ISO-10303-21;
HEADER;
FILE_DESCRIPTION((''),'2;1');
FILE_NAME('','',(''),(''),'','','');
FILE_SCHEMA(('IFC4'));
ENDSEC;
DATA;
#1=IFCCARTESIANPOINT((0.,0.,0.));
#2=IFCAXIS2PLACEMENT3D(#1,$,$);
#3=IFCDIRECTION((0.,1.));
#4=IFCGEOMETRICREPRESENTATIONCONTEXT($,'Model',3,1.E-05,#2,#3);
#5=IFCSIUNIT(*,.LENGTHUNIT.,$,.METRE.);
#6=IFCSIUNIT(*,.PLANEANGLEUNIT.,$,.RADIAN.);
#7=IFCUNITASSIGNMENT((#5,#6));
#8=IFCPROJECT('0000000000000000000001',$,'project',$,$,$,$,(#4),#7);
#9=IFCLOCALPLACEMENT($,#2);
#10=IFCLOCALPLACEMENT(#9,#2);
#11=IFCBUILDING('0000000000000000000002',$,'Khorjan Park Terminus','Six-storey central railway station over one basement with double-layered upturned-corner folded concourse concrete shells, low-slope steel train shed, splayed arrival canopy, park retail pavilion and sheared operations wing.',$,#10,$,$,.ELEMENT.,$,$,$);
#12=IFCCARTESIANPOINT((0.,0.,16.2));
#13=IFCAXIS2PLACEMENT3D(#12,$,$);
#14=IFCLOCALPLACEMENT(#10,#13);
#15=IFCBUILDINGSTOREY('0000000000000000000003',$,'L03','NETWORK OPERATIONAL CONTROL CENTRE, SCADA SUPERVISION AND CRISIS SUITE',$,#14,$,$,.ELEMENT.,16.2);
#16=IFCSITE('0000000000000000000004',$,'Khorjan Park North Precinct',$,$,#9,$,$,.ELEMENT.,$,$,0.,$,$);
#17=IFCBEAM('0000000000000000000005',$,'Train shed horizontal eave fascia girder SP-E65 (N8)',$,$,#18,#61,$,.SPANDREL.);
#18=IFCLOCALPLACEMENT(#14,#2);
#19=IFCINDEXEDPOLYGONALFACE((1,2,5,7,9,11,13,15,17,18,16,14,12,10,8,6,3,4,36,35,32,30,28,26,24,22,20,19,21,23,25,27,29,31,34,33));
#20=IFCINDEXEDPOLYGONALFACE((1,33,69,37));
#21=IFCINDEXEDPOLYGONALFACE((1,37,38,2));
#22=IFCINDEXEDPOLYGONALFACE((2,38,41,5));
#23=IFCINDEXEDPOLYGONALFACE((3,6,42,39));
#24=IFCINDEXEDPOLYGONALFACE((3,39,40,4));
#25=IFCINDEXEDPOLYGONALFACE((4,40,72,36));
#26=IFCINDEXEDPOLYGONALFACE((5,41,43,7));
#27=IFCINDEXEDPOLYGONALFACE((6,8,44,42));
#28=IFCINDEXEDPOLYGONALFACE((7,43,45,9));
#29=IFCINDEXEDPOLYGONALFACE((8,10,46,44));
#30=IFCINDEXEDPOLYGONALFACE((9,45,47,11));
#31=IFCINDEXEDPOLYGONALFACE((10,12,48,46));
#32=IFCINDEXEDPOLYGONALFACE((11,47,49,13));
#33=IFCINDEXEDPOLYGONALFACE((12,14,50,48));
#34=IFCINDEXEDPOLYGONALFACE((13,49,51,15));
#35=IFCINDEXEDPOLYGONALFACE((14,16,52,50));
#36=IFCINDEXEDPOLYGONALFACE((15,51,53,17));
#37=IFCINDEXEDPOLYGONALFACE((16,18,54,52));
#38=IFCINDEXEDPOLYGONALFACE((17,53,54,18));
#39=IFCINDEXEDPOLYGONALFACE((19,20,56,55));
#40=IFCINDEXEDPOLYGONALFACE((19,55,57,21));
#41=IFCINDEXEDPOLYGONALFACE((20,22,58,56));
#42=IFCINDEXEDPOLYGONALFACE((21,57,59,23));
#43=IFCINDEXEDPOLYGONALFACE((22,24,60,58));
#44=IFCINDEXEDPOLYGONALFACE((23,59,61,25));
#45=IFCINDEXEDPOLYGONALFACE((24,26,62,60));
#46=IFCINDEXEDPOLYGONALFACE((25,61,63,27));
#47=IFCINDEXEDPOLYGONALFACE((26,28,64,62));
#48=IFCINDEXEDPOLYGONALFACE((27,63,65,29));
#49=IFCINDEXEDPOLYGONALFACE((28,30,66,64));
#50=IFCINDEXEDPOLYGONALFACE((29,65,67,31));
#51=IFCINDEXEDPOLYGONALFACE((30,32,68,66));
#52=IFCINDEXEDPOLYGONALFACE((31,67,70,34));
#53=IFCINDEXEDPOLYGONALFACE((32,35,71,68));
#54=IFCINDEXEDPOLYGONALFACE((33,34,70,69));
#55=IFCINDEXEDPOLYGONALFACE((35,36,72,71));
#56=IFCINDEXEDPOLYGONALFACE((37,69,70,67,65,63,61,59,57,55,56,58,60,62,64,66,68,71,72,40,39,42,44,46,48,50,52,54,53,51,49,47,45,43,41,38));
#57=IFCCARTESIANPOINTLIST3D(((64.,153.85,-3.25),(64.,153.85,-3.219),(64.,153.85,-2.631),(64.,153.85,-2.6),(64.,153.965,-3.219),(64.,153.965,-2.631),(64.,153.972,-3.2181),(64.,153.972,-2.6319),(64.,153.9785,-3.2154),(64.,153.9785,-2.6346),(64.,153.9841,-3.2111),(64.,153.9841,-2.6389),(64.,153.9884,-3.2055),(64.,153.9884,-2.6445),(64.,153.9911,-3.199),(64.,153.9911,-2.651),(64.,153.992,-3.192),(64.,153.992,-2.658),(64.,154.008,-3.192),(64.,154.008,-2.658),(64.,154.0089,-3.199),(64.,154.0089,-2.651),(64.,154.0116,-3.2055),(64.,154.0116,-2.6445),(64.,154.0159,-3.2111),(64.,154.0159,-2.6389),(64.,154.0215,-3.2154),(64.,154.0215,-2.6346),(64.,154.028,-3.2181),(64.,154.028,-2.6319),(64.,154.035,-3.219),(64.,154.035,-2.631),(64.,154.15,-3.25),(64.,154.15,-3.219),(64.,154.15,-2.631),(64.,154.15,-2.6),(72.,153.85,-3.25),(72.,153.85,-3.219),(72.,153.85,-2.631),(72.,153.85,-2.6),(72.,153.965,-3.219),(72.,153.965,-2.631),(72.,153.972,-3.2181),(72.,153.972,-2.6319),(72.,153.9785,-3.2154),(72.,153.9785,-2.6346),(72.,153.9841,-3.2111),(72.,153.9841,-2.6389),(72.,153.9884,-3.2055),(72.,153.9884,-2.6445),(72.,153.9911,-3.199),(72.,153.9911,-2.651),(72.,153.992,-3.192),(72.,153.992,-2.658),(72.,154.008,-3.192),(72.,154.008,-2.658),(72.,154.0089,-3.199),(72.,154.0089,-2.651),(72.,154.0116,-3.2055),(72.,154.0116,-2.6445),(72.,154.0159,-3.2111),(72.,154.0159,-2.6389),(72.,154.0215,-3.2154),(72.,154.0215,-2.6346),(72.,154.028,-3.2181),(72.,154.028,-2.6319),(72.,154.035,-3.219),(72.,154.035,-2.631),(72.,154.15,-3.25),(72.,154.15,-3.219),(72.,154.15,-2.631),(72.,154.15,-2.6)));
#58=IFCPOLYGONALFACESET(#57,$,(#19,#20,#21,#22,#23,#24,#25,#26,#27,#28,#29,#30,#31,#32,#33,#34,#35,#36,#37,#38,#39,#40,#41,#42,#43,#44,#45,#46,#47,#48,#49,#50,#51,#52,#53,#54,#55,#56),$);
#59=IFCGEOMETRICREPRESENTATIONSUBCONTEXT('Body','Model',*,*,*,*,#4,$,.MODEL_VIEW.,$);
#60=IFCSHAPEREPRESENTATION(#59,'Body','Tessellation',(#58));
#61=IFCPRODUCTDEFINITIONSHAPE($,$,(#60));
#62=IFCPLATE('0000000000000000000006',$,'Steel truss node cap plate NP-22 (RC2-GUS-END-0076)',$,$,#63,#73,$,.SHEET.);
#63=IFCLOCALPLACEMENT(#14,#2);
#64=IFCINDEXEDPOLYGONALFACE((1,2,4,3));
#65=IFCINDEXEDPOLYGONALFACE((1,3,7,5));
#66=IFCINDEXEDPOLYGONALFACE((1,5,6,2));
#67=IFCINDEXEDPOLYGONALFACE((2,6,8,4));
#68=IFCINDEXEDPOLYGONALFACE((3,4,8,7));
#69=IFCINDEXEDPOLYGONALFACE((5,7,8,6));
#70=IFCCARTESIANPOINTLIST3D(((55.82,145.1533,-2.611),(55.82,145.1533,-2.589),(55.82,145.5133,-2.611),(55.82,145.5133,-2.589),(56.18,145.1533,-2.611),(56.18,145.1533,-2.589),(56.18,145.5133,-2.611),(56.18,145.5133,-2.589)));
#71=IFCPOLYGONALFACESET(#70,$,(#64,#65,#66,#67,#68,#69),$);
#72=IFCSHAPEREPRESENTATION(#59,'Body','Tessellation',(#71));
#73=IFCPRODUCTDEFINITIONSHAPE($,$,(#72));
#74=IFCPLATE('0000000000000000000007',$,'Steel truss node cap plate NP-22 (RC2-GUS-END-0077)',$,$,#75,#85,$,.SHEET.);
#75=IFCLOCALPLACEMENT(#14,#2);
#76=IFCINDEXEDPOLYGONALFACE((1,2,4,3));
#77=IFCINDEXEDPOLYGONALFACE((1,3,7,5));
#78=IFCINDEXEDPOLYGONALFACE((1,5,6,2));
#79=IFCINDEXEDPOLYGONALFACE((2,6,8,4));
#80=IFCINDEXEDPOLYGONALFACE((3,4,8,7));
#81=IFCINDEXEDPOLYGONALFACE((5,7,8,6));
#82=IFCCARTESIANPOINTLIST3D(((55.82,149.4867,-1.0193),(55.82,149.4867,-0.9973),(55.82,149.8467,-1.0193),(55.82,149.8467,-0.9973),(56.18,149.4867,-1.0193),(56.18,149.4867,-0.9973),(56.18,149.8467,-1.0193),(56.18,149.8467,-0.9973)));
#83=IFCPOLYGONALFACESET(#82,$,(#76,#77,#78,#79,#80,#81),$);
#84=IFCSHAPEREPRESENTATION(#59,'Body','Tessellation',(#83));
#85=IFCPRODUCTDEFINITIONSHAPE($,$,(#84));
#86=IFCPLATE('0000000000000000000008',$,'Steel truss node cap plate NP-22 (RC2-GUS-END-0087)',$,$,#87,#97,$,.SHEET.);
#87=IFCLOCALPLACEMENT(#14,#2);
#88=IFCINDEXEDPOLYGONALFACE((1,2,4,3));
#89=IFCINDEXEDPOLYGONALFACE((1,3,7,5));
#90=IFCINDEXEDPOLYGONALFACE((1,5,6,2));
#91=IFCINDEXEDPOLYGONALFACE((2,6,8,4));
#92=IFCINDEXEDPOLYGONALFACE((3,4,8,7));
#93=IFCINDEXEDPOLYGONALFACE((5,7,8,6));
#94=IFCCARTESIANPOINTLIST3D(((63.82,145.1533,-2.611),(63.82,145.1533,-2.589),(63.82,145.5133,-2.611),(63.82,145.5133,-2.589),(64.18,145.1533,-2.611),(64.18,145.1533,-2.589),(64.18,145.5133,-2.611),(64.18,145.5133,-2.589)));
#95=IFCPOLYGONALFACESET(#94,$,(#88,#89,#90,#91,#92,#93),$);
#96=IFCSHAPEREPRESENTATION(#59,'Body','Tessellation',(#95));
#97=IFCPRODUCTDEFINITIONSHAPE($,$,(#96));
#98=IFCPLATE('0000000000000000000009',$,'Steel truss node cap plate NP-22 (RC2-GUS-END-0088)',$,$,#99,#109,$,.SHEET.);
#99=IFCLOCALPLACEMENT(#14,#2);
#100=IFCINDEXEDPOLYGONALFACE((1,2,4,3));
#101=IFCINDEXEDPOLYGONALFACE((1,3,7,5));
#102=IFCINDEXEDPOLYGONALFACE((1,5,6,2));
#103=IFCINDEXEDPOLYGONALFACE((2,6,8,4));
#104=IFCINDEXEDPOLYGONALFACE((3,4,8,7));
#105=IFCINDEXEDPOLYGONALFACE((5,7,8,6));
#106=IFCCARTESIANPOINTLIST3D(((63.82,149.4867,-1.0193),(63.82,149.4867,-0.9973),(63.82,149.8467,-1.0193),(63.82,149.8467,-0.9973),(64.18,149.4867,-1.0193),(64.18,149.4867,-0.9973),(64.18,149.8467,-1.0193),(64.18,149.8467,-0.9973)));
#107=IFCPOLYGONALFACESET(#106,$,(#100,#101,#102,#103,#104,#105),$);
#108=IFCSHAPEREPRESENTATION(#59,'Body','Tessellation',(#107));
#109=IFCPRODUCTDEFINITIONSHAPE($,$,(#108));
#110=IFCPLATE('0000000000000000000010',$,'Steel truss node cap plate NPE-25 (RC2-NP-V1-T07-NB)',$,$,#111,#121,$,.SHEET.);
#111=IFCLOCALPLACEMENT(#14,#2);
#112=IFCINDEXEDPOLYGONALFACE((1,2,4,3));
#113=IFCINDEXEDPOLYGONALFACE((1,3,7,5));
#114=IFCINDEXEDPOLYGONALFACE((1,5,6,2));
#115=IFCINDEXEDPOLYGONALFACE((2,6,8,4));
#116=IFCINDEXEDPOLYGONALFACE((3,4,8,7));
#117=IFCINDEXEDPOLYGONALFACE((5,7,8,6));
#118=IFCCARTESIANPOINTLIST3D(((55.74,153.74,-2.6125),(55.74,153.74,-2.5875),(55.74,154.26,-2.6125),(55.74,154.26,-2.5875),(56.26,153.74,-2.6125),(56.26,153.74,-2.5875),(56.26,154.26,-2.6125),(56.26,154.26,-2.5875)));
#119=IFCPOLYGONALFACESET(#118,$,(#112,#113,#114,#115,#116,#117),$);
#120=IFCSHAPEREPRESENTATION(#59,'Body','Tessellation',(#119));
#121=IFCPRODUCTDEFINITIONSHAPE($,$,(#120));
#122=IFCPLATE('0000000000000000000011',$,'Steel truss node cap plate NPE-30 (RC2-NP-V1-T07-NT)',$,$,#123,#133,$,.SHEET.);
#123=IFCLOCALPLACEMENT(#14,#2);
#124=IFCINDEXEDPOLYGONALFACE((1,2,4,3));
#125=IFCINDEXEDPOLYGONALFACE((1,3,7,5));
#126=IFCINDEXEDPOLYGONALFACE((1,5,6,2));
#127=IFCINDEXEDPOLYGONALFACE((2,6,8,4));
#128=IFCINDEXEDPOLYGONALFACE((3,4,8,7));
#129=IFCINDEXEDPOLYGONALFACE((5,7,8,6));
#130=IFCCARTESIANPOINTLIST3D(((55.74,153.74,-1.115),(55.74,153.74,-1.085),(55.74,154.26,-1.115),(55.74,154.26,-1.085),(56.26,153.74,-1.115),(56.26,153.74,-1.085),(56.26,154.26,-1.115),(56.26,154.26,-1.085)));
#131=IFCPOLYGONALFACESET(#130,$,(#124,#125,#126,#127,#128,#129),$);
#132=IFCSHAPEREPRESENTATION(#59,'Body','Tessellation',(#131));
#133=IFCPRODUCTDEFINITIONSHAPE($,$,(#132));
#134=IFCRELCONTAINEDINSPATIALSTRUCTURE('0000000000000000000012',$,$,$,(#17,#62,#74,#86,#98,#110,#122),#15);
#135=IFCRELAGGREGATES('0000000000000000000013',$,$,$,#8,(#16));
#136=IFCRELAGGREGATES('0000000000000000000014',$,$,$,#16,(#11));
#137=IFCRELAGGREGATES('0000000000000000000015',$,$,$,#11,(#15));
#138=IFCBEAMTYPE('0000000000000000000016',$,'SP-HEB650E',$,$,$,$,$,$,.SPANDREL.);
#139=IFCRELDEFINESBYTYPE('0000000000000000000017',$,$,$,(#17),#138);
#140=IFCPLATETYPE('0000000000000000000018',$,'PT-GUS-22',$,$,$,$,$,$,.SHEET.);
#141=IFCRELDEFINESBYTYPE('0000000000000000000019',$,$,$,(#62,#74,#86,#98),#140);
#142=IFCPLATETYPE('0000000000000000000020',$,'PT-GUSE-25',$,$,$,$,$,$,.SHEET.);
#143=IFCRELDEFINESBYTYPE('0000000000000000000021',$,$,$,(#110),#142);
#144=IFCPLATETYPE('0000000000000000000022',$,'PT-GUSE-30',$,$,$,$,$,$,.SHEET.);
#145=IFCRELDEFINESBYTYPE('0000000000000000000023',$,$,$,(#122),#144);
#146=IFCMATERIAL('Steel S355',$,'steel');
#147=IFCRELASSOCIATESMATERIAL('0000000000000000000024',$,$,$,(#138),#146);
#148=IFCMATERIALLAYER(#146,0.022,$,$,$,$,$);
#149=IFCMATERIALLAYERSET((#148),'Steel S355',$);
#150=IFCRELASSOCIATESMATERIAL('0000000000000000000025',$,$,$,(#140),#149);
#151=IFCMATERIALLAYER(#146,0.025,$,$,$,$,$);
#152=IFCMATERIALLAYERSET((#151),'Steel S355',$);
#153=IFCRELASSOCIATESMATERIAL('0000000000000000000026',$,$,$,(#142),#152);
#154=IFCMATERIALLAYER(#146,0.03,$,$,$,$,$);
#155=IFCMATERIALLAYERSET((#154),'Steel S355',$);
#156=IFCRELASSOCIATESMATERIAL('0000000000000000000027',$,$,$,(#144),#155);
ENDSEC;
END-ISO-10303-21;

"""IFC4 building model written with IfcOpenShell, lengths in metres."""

from ifc_helpers import new_model, si_unit, direction, frame, origin, origin_2d, place, context, subcontext, project, spatial, rectangle, i_section, extrude, material, layer, layer_set, material_profile, profile_set, type_object, element, save


model = new_model("IFC4")

# Units and contexts
model_context = context("Model", 3, precision=1e-05, world=origin(), true_north=direction((0.0, 1.0)))
body_context = subcontext(model_context, "Body", "Model", "MODEL_VIEW")
ifc_project = project(units=[si_unit("LENGTHUNIT", "METRE"), si_unit("PLANEANGLEUNIT", "RADIAN")], contexts=[model_context])

# Site, building, storey
site_placement = place(None, origin())
site = spatial("IfcSite", under=ifc_project, at=site_placement, Name="Khorjan Park North Precinct", CompositionType="ELEMENT", RefElevation=0.0)
building_placement = place(site_placement, origin())
building = spatial("IfcBuilding", under=site, at=building_placement, Name="Khorjan Park Terminus", Description="Six-storey central railway station over one basement with double-layered upturned-corner folded concourse concrete shells, low-slope steel train shed, splayed arrival canopy, park retail pavilion and sheared operations wing.", CompositionType="ELEMENT")
storey_placement = place(building_placement, frame((0.0, 0.0, 16.2)))
storey = spatial("IfcBuildingStorey", under=building, at=storey_placement, Name="L03", Description="NETWORK OPERATIONAL CONTROL CENTRE, SCADA SUPERVISION AND CRISIS SUITE", CompositionType="ELEMENT", Elevation=16.2)

# Shared definitions
ifc_material = material(Name="Steel S355", Category="steel")

# Beam
ifc_material_profile_1 = material_profile(ifc_material, i_section(OverallWidth=0.3, OverallDepth=0.65, WebThickness=0.016, FlangeThickness=0.031, FilletRadius=0.027, at=origin_2d()), Name="HEB 650")
ifc_profile_set_1 = profile_set([ifc_material_profile_1], Name="Steel S355")
beam_type = type_object("IfcBeamType", Name="SP-HEB650E", PredefinedType="SPANDREL", material=ifc_profile_set_1)
for number, where, z_axis, x_axis, name in (
    (1, (64.0, 154.0, -2.925), (1.0, 0.0, 0.0), (0.0, 1.0, 0.0), "Train shed horizontal eave fascia girder SP-E65 (N8)"),
):
    element("IfcBeam", number, at=place(storey_placement, frame(where, z_axis=z_axis, x_axis=x_axis)), inside=storey, type_object=beam_type, Name=name, PredefinedType="SPANDREL", context=body_context, shape_type="SweptSolid", body=[
        extrude(i_section(OverallWidth=0.3, OverallDepth=0.65, WebThickness=0.016, FlangeThickness=0.031, FilletRadius=0.027, at=origin_2d()), origin(), (0.0, 0.0, 1.0), 8.0),
    ])

# Plates
ifc_layer_1 = layer(ifc_material, 0.022)
ifc_layer_set_1 = layer_set([ifc_layer_1], Name="Steel S355")
plate_type_1 = type_object("IfcPlateType", Name="PT-GUS-22", PredefinedType="SHEET", material=ifc_layer_set_1)
for number, where, z_axis, x_axis, name in (
    (2, (56.0, 145.3333, -2.611), (0.0, 0.0, 1.0), (1.0, 0.0, 0.0), "Steel truss node cap plate NP-22 (RC2-GUS-END-0076)"),
    (3, (56.0, 149.6667, -1.0193), (0.0, 0.0, 1.0), (1.0, 0.0, 0.0), "Steel truss node cap plate NP-22 (RC2-GUS-END-0077)"),
    (4, (64.0, 145.3333, -2.611), (0.0, 0.0, 1.0), (1.0, 0.0, 0.0), "Steel truss node cap plate NP-22 (RC2-GUS-END-0087)"),
    (5, (64.0, 149.6667, -1.0193), (0.0, 0.0, 1.0), (1.0, 0.0, 0.0), "Steel truss node cap plate NP-22 (RC2-GUS-END-0088)"),
):
    element("IfcPlate", number, at=place(storey_placement, frame(where, z_axis=z_axis, x_axis=x_axis)), inside=storey, type_object=plate_type_1, Name=name, PredefinedType="SHEET", context=body_context, shape_type="SweptSolid", body=[
        extrude(rectangle(XDim=0.36, YDim=0.36, at=origin_2d()), origin(), (0.0, 0.0, 1.0), 0.022),
    ])
ifc_layer_2 = layer(ifc_material, 0.025)
ifc_layer_set_2 = layer_set([ifc_layer_2], Name="Steel S355")
plate_type_2 = type_object("IfcPlateType", Name="PT-GUSE-25", PredefinedType="SHEET", material=ifc_layer_set_2)
plate_1_placement = place(storey_placement, frame((56.0, 154.0, -2.6125), z_axis=(0.0, 0.0, 1.0), x_axis=(1.0, 0.0, 0.0)))
element("IfcPlate", 6, at=plate_1_placement, inside=storey, type_object=plate_type_2, Name="Steel truss node cap plate NPE-25 (RC2-NP-V1-T07-NB)", PredefinedType="SHEET", context=body_context, shape_type="SweptSolid", body=[
    extrude(rectangle(XDim=0.52, YDim=0.52, at=origin_2d()), origin(), (0.0, 0.0, 1.0), 0.025),
])
ifc_layer_3 = layer(ifc_material, 0.03)
ifc_layer_set_3 = layer_set([ifc_layer_3], Name="Steel S355")
plate_type_3 = type_object("IfcPlateType", Name="PT-GUSE-30", PredefinedType="SHEET", material=ifc_layer_set_3)
plate_2_placement = place(storey_placement, frame((56.0, 154.0, -1.115), z_axis=(0.0, 0.0, 1.0), x_axis=(1.0, 0.0, 0.0)))
element("IfcPlate", 7, at=plate_2_placement, inside=storey, type_object=plate_type_3, Name="Steel truss node cap plate NPE-30 (RC2-NP-V1-T07-NT)", PredefinedType="SHEET", context=body_context, shape_type="SweptSolid", body=[
    extrude(rectangle(XDim=0.52, YDim=0.52, at=origin_2d()), origin(), (0.0, 0.0, 1.0), 0.03),
])

save(model, "model.ifc")
